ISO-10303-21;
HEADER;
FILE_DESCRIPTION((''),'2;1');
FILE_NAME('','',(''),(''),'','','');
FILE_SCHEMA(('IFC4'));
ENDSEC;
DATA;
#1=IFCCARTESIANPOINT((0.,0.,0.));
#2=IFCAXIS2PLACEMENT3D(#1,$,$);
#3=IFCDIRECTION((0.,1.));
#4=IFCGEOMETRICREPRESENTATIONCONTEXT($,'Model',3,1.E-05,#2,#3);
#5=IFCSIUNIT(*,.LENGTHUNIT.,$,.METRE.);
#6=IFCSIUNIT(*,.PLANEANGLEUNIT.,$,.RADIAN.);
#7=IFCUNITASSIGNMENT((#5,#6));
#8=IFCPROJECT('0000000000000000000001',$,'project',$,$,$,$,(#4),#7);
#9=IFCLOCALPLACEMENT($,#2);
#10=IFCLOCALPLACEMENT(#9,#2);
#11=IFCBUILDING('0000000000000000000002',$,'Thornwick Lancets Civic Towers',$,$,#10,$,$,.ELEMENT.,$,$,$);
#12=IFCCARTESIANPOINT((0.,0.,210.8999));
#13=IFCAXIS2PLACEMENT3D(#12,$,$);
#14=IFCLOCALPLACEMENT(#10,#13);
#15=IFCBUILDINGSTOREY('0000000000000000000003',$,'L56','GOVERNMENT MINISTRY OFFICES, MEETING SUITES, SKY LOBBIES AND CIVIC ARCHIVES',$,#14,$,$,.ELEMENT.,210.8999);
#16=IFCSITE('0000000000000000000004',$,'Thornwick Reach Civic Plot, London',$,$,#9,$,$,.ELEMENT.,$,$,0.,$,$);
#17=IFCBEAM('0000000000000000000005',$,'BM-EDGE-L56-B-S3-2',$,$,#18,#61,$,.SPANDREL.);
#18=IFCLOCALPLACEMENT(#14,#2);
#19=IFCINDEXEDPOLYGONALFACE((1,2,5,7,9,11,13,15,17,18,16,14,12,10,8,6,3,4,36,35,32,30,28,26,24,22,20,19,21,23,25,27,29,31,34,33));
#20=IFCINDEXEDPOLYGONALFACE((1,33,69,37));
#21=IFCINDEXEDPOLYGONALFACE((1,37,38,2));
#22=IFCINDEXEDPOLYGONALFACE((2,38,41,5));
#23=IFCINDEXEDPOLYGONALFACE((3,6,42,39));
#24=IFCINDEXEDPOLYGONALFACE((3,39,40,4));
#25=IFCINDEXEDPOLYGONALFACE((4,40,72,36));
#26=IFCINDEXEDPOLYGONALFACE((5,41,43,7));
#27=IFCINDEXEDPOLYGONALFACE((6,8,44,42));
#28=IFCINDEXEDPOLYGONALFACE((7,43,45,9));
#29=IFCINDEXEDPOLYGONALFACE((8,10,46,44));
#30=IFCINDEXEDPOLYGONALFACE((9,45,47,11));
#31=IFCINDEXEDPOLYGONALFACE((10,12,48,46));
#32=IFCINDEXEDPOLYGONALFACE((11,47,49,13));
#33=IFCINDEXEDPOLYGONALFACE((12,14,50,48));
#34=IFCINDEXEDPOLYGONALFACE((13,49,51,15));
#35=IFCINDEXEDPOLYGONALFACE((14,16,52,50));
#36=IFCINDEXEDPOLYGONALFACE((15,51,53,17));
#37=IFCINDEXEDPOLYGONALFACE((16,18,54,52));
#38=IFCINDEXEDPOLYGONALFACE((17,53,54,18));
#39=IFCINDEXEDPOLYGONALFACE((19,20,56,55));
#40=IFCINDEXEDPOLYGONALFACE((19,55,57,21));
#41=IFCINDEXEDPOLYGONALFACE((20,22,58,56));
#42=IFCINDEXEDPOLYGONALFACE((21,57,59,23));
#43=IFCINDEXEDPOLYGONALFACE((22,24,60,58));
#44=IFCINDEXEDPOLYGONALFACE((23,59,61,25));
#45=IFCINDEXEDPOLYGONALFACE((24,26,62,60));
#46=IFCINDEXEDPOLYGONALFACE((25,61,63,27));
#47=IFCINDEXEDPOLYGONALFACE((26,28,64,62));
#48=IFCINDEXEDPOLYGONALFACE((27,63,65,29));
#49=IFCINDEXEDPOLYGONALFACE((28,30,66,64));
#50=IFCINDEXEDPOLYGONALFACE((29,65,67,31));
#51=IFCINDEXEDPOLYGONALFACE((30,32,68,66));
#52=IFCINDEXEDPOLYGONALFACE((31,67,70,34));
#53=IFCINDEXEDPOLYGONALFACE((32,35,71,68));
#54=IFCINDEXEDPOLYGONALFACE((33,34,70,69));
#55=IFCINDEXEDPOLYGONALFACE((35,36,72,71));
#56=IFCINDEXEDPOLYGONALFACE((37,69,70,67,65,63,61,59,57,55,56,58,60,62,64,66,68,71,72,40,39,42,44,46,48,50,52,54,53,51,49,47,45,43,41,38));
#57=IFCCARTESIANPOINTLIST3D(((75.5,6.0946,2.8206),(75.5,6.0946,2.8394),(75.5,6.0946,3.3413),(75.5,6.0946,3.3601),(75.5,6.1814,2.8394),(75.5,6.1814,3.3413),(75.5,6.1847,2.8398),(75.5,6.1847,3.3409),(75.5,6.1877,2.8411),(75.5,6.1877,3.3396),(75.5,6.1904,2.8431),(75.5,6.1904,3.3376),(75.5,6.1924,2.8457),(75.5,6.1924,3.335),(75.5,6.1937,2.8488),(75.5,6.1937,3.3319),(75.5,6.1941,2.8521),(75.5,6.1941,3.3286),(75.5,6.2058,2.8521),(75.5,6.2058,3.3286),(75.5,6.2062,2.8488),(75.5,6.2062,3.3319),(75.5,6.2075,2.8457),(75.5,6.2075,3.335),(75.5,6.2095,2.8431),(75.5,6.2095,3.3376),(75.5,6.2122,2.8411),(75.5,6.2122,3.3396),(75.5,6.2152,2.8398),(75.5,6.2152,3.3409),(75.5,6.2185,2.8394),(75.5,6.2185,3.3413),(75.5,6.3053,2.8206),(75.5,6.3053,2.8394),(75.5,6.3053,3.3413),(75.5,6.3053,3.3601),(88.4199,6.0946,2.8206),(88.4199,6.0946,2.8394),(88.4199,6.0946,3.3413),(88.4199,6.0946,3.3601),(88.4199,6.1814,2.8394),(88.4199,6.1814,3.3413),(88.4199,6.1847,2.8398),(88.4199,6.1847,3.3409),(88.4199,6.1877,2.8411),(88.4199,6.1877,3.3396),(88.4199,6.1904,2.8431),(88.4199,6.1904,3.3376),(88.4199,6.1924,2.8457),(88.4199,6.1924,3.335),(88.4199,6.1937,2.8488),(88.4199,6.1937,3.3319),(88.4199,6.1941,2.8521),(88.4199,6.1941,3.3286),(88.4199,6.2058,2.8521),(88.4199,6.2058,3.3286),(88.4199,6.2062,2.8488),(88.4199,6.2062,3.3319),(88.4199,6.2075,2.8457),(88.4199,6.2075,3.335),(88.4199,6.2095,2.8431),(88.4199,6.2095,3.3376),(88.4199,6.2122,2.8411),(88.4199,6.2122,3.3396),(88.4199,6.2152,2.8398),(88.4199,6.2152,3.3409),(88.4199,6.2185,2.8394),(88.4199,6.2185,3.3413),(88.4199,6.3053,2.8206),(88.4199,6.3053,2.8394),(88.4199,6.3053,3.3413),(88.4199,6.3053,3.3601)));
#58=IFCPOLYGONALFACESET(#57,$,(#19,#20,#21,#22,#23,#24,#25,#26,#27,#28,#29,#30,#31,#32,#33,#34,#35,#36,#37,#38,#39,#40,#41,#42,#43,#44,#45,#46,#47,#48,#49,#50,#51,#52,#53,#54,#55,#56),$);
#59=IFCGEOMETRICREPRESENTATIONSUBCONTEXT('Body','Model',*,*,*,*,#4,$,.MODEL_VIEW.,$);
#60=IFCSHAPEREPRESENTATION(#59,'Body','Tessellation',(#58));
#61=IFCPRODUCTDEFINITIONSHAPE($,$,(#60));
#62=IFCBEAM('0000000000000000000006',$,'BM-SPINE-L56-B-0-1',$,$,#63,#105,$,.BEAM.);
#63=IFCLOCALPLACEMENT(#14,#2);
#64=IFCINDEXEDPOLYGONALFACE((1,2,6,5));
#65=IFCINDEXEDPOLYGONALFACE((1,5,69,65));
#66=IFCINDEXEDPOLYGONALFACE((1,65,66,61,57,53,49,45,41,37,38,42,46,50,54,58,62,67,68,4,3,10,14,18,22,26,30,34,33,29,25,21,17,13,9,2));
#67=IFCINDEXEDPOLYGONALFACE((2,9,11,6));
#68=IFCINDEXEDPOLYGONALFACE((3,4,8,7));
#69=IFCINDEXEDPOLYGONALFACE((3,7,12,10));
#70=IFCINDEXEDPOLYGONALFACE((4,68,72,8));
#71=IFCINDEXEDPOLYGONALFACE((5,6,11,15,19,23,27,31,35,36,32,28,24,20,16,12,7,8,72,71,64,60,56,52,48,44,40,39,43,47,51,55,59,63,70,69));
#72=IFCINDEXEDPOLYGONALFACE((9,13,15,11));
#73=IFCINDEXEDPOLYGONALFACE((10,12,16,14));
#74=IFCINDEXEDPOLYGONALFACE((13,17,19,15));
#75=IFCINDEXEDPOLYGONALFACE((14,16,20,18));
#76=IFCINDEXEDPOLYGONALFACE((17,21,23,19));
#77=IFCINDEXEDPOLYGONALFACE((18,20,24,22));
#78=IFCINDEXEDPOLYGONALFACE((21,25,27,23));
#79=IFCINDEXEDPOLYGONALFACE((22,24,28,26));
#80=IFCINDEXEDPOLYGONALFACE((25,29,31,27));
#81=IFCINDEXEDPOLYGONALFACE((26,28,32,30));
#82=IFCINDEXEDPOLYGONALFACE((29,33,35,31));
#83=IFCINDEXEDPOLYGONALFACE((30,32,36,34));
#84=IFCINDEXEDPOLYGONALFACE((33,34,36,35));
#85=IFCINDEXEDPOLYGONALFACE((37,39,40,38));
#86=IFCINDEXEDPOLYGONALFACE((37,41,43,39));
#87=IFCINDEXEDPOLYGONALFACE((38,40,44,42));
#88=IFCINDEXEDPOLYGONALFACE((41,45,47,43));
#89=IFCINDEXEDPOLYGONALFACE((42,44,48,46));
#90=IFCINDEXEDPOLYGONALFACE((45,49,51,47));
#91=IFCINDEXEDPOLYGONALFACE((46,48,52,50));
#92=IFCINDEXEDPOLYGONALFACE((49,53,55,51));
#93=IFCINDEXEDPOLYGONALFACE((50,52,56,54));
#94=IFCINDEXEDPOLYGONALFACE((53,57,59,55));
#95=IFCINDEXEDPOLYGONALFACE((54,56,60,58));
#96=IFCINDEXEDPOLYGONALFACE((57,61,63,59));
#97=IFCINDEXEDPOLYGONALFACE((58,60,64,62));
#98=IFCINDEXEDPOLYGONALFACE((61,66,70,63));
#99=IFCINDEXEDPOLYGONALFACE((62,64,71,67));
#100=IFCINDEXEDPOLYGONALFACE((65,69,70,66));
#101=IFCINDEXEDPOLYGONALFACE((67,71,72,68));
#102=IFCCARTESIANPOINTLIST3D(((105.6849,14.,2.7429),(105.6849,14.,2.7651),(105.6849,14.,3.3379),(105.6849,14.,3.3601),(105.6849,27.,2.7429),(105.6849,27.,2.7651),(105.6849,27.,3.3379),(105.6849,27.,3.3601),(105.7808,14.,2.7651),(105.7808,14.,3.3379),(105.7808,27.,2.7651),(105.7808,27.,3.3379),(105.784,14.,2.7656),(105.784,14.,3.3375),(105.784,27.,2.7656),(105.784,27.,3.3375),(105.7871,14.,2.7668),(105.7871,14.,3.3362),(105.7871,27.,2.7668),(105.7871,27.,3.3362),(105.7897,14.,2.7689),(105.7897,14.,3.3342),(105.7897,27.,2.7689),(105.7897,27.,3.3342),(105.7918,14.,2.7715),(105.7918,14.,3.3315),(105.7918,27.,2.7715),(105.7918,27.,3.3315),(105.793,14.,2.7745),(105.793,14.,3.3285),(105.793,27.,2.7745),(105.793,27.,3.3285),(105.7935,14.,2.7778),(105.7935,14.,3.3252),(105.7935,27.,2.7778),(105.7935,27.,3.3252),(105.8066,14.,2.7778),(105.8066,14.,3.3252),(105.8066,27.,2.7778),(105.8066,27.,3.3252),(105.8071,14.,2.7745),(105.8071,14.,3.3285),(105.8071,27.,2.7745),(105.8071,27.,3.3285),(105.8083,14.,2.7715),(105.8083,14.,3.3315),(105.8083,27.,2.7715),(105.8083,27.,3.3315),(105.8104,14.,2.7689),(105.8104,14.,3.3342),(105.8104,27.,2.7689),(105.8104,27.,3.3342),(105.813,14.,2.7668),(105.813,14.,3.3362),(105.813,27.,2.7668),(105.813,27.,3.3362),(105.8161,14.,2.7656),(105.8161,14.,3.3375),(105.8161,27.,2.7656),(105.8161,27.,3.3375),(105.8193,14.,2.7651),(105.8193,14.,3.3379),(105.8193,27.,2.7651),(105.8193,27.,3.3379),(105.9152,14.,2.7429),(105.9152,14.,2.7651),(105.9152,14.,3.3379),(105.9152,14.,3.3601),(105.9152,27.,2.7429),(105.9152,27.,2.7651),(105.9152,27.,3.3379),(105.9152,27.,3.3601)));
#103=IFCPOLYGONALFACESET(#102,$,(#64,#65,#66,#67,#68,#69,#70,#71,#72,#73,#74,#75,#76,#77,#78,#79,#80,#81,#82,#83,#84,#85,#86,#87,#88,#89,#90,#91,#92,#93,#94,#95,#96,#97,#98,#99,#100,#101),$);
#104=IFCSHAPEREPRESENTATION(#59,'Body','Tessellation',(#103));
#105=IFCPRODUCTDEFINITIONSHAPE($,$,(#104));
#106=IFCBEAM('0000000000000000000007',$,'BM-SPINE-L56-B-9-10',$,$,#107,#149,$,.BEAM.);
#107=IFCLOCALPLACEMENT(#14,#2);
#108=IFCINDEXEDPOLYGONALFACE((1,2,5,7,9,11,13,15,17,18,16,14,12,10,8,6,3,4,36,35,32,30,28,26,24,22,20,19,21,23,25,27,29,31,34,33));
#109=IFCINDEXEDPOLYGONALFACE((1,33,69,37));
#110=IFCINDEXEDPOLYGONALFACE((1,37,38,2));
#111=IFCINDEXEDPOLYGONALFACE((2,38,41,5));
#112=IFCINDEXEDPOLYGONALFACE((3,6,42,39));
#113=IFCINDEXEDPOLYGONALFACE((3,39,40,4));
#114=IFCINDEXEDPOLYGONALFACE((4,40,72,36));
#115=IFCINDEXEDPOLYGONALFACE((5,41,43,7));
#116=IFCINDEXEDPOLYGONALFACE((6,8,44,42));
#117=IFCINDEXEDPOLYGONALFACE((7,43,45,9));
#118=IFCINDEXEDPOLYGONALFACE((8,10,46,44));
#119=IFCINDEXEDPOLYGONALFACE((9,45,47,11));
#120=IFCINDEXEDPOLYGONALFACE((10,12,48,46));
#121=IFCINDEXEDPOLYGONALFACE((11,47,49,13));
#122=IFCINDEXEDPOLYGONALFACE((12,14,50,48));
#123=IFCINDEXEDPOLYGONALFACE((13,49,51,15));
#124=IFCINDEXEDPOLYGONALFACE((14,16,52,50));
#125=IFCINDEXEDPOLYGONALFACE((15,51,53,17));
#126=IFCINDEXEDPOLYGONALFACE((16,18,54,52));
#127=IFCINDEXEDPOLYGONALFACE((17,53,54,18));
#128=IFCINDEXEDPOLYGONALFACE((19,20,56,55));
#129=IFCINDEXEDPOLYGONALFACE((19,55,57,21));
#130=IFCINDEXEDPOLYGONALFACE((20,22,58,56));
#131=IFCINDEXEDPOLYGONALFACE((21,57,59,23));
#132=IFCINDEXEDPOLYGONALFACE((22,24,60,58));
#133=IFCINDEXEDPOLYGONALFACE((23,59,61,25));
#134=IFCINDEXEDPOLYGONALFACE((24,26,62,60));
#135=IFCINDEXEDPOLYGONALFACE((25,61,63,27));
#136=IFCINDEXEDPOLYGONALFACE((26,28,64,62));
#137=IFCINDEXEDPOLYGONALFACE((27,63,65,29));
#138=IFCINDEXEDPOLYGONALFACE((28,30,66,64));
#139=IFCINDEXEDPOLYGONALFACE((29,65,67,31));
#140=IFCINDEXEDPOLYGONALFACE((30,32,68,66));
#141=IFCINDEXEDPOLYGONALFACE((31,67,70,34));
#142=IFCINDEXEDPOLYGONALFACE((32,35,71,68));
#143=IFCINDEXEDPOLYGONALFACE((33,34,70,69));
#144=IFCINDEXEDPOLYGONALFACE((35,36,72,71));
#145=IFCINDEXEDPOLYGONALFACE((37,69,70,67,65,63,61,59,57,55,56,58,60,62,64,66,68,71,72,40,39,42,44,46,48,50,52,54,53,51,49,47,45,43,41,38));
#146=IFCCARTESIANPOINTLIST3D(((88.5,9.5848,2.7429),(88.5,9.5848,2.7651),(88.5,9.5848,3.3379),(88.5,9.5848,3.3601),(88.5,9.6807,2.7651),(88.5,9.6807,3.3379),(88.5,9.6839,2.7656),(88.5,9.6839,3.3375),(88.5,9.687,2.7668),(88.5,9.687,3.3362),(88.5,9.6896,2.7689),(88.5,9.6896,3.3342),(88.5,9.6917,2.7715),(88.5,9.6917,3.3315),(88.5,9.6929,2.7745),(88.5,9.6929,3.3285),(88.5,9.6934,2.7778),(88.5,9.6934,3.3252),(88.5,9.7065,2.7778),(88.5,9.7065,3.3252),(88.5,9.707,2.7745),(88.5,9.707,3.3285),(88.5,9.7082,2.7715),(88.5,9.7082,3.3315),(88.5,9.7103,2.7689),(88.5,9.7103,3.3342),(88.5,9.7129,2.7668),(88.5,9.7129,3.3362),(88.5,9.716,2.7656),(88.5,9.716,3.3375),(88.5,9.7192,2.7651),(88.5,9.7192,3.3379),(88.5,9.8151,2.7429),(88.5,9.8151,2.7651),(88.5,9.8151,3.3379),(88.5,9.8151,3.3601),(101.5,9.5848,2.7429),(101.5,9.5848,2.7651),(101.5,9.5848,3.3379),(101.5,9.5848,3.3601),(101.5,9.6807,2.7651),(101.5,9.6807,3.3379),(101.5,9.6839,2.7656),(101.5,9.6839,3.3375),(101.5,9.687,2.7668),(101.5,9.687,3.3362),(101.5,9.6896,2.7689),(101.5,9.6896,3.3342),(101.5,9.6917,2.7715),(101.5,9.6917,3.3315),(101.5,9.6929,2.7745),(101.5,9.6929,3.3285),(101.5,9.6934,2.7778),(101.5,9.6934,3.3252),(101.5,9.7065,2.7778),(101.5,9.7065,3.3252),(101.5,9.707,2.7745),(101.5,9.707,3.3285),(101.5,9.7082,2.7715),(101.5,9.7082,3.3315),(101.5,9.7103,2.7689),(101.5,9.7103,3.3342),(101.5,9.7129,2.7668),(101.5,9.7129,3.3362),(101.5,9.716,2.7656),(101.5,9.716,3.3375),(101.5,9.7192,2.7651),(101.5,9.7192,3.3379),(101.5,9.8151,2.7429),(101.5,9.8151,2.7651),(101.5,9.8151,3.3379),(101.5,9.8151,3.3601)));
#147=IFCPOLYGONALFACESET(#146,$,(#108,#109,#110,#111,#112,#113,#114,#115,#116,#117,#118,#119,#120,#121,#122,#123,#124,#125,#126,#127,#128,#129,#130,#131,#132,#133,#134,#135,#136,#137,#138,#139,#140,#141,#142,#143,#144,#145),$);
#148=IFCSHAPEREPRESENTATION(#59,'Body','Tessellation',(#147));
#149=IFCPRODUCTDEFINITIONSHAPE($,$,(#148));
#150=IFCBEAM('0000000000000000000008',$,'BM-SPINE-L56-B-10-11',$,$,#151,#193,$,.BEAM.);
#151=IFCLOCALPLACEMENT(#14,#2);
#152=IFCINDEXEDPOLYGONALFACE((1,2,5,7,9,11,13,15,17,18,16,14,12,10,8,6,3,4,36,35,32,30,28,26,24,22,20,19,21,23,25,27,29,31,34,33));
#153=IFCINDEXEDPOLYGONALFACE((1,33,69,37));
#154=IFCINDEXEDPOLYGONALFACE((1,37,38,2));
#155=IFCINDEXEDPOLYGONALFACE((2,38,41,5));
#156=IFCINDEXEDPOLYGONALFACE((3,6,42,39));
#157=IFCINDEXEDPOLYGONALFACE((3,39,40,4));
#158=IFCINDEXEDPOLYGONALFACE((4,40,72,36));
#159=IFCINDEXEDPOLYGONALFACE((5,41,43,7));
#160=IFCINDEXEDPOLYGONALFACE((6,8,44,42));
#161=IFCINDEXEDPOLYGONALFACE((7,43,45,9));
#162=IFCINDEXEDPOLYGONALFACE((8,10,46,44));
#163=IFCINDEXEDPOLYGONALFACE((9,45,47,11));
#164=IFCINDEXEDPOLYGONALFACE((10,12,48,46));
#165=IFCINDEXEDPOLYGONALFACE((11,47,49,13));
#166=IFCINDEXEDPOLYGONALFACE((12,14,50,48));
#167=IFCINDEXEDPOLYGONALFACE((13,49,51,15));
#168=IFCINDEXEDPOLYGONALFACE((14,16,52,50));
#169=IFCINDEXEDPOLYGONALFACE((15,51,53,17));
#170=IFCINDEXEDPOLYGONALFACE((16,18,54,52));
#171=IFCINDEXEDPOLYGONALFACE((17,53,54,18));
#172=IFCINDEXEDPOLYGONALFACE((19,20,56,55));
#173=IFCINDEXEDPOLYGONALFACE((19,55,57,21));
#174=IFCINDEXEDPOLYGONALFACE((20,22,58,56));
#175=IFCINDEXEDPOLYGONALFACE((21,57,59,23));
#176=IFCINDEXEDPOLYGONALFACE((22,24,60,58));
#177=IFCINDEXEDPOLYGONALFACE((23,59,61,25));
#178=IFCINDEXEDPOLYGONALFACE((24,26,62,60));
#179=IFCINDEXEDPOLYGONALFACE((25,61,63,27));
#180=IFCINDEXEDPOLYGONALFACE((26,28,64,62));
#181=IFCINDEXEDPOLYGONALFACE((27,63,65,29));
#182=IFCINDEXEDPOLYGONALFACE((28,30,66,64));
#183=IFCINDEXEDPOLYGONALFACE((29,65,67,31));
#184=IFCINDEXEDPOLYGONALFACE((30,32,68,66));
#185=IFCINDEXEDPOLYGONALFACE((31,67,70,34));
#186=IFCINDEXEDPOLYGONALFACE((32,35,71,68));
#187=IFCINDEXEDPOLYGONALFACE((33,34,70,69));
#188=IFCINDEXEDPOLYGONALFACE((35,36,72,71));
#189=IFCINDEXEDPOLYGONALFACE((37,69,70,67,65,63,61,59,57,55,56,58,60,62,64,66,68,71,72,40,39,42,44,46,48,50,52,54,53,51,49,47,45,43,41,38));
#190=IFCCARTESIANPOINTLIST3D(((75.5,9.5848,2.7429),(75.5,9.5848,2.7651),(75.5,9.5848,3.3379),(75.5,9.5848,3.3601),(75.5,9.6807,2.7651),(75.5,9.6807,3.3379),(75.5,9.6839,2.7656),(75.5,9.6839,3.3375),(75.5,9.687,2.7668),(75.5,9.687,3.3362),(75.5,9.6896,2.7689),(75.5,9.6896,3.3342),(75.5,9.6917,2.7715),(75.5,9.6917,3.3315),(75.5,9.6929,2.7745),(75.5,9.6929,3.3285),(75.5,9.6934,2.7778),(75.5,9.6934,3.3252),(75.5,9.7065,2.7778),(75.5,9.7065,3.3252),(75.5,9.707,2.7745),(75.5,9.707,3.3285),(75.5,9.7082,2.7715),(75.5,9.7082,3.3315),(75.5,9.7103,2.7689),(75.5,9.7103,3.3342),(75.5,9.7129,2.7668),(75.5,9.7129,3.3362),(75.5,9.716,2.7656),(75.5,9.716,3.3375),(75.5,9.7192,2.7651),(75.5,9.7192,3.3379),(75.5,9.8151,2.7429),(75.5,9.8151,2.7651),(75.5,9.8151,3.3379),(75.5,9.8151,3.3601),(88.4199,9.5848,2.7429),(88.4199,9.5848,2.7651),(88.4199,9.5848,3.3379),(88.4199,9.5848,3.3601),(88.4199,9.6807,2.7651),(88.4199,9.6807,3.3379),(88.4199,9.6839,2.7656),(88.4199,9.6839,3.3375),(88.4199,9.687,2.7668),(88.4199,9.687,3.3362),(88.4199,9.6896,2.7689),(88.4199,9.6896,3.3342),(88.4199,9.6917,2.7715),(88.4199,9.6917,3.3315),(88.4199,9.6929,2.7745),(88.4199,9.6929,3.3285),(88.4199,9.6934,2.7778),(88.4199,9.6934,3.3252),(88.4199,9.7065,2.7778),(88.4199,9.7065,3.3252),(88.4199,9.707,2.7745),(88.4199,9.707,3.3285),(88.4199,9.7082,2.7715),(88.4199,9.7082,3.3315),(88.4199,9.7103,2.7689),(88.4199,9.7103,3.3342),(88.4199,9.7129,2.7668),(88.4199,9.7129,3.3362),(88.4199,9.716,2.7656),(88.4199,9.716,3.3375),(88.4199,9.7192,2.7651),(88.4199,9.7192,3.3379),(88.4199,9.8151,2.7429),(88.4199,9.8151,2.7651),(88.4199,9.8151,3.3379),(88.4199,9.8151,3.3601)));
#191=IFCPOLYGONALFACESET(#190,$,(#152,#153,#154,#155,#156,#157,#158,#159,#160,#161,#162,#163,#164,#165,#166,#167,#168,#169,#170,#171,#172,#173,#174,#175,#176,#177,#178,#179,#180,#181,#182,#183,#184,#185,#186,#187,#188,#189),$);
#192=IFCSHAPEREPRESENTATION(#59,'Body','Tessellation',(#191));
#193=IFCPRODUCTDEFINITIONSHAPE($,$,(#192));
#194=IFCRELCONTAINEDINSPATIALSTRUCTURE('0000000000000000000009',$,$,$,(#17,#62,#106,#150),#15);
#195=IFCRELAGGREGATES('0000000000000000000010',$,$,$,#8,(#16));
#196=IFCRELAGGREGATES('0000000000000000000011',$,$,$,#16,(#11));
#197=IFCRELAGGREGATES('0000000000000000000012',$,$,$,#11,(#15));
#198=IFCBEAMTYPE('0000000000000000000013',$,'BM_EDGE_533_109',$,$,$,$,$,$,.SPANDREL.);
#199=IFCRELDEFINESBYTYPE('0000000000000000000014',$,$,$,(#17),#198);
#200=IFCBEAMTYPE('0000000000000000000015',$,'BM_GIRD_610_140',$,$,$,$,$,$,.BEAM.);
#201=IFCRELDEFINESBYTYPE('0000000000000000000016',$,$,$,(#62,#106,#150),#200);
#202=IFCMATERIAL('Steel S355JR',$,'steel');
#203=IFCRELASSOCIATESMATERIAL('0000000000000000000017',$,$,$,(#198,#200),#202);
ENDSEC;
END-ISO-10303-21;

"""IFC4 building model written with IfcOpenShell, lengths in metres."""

from ifc_helpers import new_model, si_unit, direction, frame, origin, origin_2d, place, context, subcontext, project, spatial, i_section, extrude, material, material_profile, profile_set, type_object, element, save


model = new_model("IFC4")

# Units and contexts
model_context = context("Model", 3, precision=1e-05, world=origin(), true_north=direction((0.0, 1.0)))
body_context = subcontext(model_context, "Body", "Model", "MODEL_VIEW")
ifc_project = project(units=[si_unit("LENGTHUNIT", "METRE"), si_unit("PLANEANGLEUNIT", "RADIAN")], contexts=[model_context])

# Site, building, storey
site_placement = place(None, origin())
site = spatial("IfcSite", under=ifc_project, at=site_placement, Name="Thornwick Reach Civic Plot, London", CompositionType="ELEMENT", RefElevation=0.0)
building_placement = place(site_placement, origin())
building = spatial("IfcBuilding", under=site, at=building_placement, Name="Thornwick Lancets Civic Towers", CompositionType="ELEMENT")
storey_placement = place(building_placement, frame((0.0, 0.0, 210.8999)))
storey = spatial("IfcBuildingStorey", under=building, at=storey_placement, Name="L56", Description="GOVERNMENT MINISTRY OFFICES, MEETING SUITES, SKY LOBBIES AND CIVIC ARCHIVES", CompositionType="ELEMENT", Elevation=210.8999)

# Shared definitions
ifc_material_1 = material(Name="Steel S355JR", Category="steel")

# Beams
ifc_material_profile_1 = material_profile(ifc_material_1, i_section(OverallWidth=0.2107, OverallDepth=0.5396, WebThickness=0.0117, FlangeThickness=0.0188, FilletRadius=0.0127, at=origin_2d()), Name="UKB 533x210x109")
ifc_profile_set_1 = profile_set([ifc_material_profile_1], Name="Steel S355JR")
beam_type_1 = type_object("IfcBeamType", Name="BM_EDGE_533_109", PredefinedType="SPANDREL", material=ifc_profile_set_1)
beam_1_placement = place(storey_placement, frame((88.4199, 6.2, 3.0903), z_axis=(-1.0, 0.0, 0.0), x_axis=(0.0, -1.0, 0.0)))
element("IfcBeam", 1, at=beam_1_placement, inside=storey, type_object=beam_type_1, Name="BM-EDGE-L56-B-S3-2", PredefinedType="SPANDREL", context=body_context, shape_type="SweptSolid", body=[
    extrude(i_section(OverallWidth=0.2107, OverallDepth=0.5396, WebThickness=0.0117, FlangeThickness=0.0188, FilletRadius=0.0127, at=origin_2d()), origin(), (0.0, 0.0, 1.0), 12.9199),
])
ifc_material_profile_2 = material_profile(ifc_material_1, i_section(OverallWidth=0.2302, OverallDepth=0.6172, WebThickness=0.0132, FlangeThickness=0.0222, FilletRadius=0.0127, at=origin_2d()), Name="UKB 610x229x140")
ifc_profile_set_2 = profile_set([ifc_material_profile_2], Name="Steel S355JR")
beam_type_2 = type_object("IfcBeamType", Name="BM_GIRD_610_140", PredefinedType="BEAM", material=ifc_profile_set_2)
for number, where, z_axis, x_axis, name in (
    (2, (105.8, 14.0, 3.0515), (0.0, 1.0, 0.0), (-1.0, 0.0, 0.0), "BM-SPINE-L56-B-0-1"),
    (3, (101.5, 9.7, 3.0515), (-1.0, 0.0, 0.0), (0.0, -1.0, 0.0), "BM-SPINE-L56-B-9-10"),
):
    element("IfcBeam", number, at=place(storey_placement, frame(where, z_axis=z_axis, x_axis=x_axis)), inside=storey, type_object=beam_type_2, Name=name, PredefinedType="BEAM", context=body_context, shape_type="SweptSolid", body=[
        extrude(i_section(OverallWidth=0.2302, OverallDepth=0.6172, WebThickness=0.0132, FlangeThickness=0.0222, FilletRadius=0.0127, at=origin_2d()), origin(), (0.0, 0.0, 1.0), 13.0),
    ])
beam_2_placement = place(storey_placement, frame((88.4199, 9.7, 3.0515), z_axis=(-1.0, 0.0, 0.0), x_axis=(0.0, -1.0, 0.0)))
element("IfcBeam", 4, at=beam_2_placement, inside=storey, type_object=beam_type_2, Name="BM-SPINE-L56-B-10-11", PredefinedType="BEAM", context=body_context, shape_type="SweptSolid", body=[
    extrude(i_section(OverallWidth=0.2302, OverallDepth=0.6172, WebThickness=0.0132, FlangeThickness=0.0222, FilletRadius=0.0127, at=origin_2d()), origin(), (0.0, 0.0, 1.0), 12.9199),
])

save(model, "model.ifc")
